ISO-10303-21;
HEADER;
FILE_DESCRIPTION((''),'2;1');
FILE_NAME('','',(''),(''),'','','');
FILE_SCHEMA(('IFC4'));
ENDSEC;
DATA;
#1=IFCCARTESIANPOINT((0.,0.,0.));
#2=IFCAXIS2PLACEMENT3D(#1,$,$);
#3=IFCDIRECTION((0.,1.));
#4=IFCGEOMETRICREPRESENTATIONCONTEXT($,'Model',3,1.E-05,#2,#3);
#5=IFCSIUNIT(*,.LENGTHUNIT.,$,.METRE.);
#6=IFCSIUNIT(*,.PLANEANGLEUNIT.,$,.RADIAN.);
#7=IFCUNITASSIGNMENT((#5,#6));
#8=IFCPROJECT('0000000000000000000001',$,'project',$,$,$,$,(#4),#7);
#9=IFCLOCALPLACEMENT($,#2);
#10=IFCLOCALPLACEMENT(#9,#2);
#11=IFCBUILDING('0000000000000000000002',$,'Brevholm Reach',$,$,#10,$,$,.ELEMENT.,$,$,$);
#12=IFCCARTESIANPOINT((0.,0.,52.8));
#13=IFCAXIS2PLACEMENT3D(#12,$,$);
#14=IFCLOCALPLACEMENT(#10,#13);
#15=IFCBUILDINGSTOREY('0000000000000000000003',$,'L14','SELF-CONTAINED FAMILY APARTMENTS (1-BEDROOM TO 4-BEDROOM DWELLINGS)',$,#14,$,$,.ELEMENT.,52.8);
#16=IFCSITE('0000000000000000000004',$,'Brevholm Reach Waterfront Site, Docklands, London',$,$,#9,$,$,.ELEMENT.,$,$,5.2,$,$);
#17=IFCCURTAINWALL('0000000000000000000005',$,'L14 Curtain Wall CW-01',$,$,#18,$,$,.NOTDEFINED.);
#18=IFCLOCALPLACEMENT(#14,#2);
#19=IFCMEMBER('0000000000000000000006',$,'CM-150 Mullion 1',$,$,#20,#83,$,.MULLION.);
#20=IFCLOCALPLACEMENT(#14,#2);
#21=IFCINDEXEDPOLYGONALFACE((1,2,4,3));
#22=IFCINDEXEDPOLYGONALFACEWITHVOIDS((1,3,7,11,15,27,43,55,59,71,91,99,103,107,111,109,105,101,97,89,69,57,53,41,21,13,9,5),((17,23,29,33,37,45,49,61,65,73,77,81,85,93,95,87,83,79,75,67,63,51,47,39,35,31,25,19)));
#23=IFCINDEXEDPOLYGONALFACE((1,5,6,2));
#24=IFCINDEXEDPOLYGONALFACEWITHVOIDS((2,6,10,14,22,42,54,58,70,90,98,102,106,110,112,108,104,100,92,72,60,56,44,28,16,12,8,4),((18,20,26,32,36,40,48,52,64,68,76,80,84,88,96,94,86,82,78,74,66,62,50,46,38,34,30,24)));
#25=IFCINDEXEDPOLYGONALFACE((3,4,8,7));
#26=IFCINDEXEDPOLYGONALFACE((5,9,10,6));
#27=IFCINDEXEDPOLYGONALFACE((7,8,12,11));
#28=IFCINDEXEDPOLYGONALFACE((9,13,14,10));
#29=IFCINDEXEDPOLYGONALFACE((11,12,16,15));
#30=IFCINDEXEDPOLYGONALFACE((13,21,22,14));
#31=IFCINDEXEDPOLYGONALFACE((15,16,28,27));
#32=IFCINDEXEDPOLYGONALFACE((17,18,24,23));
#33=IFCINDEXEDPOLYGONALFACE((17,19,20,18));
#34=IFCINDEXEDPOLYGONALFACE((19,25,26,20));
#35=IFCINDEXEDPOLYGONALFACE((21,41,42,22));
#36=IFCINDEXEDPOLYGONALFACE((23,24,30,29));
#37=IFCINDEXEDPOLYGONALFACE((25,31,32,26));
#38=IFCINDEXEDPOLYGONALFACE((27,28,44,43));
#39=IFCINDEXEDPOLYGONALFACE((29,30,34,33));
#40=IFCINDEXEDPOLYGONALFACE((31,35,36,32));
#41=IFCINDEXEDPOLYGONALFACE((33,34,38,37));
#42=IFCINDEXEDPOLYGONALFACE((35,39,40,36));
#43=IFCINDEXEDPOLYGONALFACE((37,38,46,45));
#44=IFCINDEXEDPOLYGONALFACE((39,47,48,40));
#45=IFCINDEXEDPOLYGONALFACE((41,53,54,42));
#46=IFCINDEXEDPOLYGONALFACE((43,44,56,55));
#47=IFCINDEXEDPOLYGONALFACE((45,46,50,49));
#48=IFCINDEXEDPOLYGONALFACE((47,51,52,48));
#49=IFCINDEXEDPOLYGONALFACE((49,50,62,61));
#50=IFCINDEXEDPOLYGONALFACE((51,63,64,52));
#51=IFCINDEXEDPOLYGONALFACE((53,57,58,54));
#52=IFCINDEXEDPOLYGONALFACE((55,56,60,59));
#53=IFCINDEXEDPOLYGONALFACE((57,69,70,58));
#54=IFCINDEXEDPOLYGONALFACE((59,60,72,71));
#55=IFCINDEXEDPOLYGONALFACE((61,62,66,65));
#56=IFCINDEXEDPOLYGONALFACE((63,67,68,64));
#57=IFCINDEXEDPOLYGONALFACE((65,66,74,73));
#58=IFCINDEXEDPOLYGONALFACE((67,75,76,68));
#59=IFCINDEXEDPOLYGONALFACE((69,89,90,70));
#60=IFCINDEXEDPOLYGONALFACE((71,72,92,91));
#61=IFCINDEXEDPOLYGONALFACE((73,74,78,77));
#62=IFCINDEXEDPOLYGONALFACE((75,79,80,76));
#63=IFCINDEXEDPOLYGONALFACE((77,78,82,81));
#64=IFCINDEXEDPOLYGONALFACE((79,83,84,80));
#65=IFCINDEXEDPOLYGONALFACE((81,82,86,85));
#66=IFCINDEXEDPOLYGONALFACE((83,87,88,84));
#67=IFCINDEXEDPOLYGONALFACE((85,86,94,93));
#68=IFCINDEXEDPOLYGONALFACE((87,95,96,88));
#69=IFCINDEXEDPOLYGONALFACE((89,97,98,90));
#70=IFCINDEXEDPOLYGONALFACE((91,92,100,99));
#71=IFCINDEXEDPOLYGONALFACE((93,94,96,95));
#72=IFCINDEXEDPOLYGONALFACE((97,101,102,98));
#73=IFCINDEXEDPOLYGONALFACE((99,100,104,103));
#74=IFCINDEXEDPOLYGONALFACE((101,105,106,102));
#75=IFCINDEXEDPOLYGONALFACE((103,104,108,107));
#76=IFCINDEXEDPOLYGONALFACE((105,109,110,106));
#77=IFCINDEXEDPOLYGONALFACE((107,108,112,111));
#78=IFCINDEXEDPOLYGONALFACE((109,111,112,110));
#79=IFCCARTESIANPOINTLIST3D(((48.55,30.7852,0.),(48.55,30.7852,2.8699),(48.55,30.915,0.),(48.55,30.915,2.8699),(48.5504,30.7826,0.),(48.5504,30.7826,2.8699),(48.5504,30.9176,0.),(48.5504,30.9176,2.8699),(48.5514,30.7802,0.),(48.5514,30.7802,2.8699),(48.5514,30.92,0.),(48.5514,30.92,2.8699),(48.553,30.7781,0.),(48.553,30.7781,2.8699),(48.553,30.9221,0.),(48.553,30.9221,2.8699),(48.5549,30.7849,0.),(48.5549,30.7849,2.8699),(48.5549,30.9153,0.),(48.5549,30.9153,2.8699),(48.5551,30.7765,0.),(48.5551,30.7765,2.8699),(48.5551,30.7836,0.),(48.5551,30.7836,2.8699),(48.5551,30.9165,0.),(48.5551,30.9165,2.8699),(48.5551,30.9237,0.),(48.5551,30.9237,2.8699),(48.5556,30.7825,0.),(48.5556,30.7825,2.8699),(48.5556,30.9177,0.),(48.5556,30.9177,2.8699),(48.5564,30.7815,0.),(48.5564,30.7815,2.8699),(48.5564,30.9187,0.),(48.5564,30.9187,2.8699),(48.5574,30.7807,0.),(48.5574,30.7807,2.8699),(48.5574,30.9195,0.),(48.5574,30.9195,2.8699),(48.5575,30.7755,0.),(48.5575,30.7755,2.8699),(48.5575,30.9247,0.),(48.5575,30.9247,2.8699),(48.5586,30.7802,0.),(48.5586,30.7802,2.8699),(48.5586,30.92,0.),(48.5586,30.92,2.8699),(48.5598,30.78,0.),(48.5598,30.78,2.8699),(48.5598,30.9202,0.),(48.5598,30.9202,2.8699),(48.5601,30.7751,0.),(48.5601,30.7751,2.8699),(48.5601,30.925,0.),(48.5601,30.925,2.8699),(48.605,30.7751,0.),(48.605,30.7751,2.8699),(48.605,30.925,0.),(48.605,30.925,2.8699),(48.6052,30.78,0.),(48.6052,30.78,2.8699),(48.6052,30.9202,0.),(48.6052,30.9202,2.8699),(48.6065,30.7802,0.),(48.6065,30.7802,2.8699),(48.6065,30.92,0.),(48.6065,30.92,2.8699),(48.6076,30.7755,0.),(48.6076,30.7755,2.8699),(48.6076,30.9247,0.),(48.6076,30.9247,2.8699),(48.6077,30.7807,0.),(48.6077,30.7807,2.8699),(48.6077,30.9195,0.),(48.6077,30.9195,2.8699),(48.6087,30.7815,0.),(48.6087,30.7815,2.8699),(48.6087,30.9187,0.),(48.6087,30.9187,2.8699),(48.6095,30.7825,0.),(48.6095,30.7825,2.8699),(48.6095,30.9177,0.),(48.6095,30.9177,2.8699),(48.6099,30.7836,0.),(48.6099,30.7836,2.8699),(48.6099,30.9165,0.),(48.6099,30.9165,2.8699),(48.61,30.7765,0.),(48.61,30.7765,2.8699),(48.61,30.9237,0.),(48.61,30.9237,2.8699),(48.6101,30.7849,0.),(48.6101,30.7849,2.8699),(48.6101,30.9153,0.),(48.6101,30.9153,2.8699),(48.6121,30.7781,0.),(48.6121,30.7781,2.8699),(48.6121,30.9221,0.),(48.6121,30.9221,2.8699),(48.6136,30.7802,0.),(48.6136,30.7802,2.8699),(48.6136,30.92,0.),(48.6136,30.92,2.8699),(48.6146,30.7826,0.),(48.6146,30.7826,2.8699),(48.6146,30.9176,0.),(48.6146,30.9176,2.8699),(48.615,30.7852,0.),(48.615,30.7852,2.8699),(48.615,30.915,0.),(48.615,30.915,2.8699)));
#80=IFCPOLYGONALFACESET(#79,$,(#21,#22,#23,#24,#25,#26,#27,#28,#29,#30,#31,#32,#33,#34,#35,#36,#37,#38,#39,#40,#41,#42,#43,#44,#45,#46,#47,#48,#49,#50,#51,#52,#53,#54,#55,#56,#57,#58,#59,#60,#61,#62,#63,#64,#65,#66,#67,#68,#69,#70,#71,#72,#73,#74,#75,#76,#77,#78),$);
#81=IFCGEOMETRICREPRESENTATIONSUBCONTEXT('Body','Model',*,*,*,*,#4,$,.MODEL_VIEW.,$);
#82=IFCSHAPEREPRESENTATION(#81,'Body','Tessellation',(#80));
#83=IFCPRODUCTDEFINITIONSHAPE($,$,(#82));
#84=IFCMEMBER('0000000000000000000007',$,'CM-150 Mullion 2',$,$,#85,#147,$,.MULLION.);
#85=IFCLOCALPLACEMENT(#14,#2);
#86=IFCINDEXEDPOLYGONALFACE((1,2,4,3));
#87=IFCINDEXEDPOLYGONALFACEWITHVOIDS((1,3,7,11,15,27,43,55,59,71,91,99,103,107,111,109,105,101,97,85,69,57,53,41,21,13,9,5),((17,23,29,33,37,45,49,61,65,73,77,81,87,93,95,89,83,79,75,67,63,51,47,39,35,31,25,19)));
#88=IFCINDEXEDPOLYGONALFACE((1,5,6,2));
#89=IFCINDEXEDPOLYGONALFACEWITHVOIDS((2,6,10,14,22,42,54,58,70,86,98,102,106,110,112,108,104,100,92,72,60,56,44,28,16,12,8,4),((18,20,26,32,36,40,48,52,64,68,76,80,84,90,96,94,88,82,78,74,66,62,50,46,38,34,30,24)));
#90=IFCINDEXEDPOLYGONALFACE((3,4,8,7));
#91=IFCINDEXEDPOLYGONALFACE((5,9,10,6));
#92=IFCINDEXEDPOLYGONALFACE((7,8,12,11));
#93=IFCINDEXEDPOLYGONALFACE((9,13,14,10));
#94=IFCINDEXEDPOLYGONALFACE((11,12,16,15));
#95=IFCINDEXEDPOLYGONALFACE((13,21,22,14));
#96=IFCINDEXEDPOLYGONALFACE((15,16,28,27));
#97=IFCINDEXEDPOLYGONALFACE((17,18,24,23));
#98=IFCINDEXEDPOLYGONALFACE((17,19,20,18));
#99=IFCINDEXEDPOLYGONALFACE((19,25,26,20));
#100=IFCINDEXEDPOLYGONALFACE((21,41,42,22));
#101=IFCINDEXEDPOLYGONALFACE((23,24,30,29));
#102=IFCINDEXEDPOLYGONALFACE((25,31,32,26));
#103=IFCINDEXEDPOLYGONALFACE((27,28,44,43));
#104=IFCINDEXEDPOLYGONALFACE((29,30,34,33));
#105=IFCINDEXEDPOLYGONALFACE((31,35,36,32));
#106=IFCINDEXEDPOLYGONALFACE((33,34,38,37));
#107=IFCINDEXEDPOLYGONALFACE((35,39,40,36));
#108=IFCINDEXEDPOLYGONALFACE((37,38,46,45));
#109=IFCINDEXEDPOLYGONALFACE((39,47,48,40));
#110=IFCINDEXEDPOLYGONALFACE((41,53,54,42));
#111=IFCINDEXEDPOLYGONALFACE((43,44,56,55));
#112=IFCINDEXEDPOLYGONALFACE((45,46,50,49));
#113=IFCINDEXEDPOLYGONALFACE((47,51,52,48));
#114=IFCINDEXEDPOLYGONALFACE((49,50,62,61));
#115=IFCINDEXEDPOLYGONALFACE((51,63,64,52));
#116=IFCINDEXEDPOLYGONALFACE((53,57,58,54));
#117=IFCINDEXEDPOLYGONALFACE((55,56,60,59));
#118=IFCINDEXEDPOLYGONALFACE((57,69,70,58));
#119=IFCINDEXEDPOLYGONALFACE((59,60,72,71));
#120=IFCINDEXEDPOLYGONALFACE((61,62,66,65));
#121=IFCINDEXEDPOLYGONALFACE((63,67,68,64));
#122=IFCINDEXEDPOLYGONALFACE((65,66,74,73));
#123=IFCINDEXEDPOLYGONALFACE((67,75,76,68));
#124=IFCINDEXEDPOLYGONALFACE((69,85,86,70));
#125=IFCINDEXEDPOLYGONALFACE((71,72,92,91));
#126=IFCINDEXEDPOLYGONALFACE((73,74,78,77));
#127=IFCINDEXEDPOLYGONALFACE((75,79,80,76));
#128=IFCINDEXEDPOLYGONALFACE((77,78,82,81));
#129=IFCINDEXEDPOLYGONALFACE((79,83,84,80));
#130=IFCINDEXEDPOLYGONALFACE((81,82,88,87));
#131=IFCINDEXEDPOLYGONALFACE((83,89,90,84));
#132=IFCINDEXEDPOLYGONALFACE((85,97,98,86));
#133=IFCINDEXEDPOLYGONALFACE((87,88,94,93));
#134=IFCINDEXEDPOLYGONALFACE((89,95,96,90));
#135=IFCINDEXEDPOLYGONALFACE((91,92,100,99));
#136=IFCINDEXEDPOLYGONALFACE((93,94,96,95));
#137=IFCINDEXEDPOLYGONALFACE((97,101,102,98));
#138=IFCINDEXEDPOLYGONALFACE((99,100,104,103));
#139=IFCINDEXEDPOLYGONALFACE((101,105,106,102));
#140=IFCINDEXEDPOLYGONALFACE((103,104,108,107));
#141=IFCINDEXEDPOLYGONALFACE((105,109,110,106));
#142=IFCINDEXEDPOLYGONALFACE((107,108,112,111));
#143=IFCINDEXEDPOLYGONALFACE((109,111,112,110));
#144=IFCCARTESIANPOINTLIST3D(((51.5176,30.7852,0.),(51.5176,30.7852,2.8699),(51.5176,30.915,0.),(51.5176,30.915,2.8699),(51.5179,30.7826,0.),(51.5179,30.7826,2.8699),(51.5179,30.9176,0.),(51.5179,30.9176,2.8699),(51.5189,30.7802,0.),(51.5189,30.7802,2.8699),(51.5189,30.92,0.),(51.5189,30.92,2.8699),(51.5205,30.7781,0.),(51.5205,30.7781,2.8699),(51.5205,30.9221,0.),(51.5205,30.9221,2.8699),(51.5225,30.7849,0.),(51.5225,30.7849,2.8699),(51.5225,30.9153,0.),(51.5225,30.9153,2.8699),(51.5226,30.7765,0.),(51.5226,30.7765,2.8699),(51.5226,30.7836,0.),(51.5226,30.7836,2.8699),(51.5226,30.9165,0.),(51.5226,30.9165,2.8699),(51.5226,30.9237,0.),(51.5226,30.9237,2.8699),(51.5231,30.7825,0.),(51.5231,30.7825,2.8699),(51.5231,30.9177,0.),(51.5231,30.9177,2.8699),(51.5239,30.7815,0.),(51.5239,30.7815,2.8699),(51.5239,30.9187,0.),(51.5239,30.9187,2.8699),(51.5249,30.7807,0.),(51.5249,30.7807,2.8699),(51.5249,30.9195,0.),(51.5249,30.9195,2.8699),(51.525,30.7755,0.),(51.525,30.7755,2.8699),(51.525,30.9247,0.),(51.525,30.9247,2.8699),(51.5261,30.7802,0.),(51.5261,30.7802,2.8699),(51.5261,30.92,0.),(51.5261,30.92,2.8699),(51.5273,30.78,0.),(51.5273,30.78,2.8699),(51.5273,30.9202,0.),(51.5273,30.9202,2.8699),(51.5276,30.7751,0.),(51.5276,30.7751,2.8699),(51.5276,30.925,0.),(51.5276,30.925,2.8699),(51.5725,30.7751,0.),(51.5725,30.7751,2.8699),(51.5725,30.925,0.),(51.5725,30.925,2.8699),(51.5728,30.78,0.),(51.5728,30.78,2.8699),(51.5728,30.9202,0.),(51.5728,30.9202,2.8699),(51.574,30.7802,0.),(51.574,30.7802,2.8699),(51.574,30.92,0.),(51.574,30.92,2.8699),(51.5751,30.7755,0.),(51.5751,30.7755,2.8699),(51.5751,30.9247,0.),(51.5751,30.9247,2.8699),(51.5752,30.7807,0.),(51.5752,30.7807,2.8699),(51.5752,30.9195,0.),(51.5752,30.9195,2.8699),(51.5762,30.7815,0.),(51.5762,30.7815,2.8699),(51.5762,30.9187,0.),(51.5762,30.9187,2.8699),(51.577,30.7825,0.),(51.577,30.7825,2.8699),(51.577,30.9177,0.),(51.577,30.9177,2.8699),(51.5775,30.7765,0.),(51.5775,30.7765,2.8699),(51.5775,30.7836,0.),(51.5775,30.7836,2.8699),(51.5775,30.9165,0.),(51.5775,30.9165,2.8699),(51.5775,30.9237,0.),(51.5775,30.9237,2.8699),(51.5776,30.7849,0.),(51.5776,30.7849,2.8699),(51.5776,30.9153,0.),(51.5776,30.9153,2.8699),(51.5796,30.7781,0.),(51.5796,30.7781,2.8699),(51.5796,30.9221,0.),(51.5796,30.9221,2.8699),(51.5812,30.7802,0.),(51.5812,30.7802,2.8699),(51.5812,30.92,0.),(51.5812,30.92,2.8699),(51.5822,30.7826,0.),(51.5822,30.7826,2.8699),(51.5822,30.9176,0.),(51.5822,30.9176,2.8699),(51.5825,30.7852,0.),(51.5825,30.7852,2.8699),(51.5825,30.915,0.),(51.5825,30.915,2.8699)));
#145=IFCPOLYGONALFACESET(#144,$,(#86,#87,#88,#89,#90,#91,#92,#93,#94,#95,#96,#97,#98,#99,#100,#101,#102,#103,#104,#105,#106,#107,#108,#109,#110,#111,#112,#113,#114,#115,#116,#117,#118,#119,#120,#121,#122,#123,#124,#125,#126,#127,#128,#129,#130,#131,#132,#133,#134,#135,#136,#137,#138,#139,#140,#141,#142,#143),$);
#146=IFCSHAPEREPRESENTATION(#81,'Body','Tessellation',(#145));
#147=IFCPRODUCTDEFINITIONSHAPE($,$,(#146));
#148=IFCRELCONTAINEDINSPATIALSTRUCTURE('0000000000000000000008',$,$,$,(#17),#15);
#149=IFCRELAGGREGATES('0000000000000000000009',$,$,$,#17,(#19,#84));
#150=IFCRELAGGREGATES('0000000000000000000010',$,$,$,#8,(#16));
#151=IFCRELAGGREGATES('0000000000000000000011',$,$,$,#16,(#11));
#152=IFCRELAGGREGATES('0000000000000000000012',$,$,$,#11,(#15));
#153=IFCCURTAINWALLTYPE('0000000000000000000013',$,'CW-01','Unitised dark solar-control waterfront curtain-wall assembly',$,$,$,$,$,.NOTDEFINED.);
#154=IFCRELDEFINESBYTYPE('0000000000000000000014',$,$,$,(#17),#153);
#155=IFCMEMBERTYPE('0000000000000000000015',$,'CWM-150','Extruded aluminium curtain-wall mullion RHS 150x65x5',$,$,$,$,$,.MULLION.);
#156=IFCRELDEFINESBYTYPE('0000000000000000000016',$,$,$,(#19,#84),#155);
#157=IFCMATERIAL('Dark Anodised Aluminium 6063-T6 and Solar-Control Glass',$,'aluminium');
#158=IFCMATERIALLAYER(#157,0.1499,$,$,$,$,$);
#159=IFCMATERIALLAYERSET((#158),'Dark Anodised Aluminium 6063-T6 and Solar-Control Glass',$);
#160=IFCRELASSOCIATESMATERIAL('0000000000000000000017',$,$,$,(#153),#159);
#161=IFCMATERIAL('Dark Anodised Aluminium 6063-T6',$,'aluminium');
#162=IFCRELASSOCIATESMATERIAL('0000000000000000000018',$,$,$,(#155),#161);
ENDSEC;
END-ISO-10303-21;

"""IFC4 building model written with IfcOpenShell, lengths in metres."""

from ifc_helpers import new_model, si_unit, direction, frame, origin, origin_2d, place, context, subcontext, project, spatial, hollow_rectangle, extrude, material, layer, layer_set, material_profile, profile_set, type_object, element, aggregate, save


model = new_model("IFC4")

# Units and contexts
model_context = context("Model", 3, precision=1e-05, world=origin(), true_north=direction((0.0, 1.0)))
body_context = subcontext(model_context, "Body", "Model", "MODEL_VIEW")
ifc_project = project(units=[si_unit("LENGTHUNIT", "METRE"), si_unit("PLANEANGLEUNIT", "RADIAN")], contexts=[model_context])

# Site, building, storey
site_placement = place(None, origin())
site = spatial("IfcSite", under=ifc_project, at=site_placement, Name="Brevholm Reach Waterfront Site, Docklands, London", CompositionType="ELEMENT", RefElevation=5.2)
building_placement = place(site_placement, origin())
building = spatial("IfcBuilding", under=site, at=building_placement, Name="Brevholm Reach", CompositionType="ELEMENT")
storey_placement = place(building_placement, frame((0.0, 0.0, 52.8)))
storey = spatial("IfcBuildingStorey", under=building, at=storey_placement, Name="L14", Description="SELF-CONTAINED FAMILY APARTMENTS (1-BEDROOM TO 4-BEDROOM DWELLINGS)", CompositionType="ELEMENT", Elevation=52.8)

# Curtain wall, members
ifc_material_1 = material(Name="Dark Anodised Aluminium 6063-T6 and Solar-Control Glass", Category="aluminium")
ifc_layer_1 = layer(ifc_material_1, 0.1499)
ifc_layer_set_1 = layer_set([ifc_layer_1], Name="Dark Anodised Aluminium 6063-T6 and Solar-Control Glass")
curtain_wall_type = type_object("IfcCurtainWallType", Name="CW-01", Description="Unitised dark solar-control waterfront curtain-wall assembly", PredefinedType="NOTDEFINED", material=ifc_layer_set_1)
curtain_wall_placement = place(storey_placement, origin())
curtain_wall = element("IfcCurtainWall", 1, at=curtain_wall_placement, inside=storey, type_object=curtain_wall_type, Name="L14 Curtain Wall CW-01", PredefinedType="NOTDEFINED")
ifc_material_2 = material(Name="Dark Anodised Aluminium 6063-T6", Category="aluminium")
ifc_material_profile_1 = material_profile(ifc_material_2, hollow_rectangle(XDim=0.0649, YDim=0.1499, WallThickness=0.0049, InnerFilletRadius=0.0049, OuterFilletRadius=0.01, at=origin_2d()), Name="RHS 150x65x5")
ifc_profile_set_1 = profile_set([ifc_material_profile_1], Name="Dark Anodised Aluminium 6063-T6")
member_type_1 = type_object("IfcMemberType", Name="CWM-150", Description="Extruded aluminium curtain-wall mullion RHS 150x65x5", PredefinedType="MULLION", material=ifc_profile_set_1)
member_1_placement = place(storey_placement, frame((48.5825, 30.8501, 0.0), z_axis=(0.0, 0.0, 1.0), x_axis=(1.0, 0.0, 0.0)))
member_1 = element("IfcMember", 2, at=member_1_placement, type_object=member_type_1, Name="CM-150 Mullion 1", PredefinedType="MULLION", context=body_context, shape_type="SweptSolid", body=[
    extrude(hollow_rectangle(XDim=0.0649, YDim=0.1499, WallThickness=0.0049, InnerFilletRadius=0.0049, OuterFilletRadius=0.01, at=origin_2d()), origin(), (0.0, 0.0, 1.0), 2.8699),
])
member_2_placement = place(storey_placement, frame((51.55, 30.8501, 0.0), z_axis=(0.0, 0.0, 1.0), x_axis=(1.0, 0.0, 0.0)))
member_2 = element("IfcMember", 3, at=member_2_placement, type_object=member_type_1, Name="CM-150 Mullion 2", PredefinedType="MULLION", context=body_context, shape_type="SweptSolid", body=[
    extrude(hollow_rectangle(XDim=0.0649, YDim=0.1499, WallThickness=0.0049, InnerFilletRadius=0.0049, OuterFilletRadius=0.01, at=origin_2d()), origin(), (0.0, 0.0, 1.0), 2.8699),
])
aggregate(curtain_wall, [member_1, member_2])

save(model, "model.ifc")
